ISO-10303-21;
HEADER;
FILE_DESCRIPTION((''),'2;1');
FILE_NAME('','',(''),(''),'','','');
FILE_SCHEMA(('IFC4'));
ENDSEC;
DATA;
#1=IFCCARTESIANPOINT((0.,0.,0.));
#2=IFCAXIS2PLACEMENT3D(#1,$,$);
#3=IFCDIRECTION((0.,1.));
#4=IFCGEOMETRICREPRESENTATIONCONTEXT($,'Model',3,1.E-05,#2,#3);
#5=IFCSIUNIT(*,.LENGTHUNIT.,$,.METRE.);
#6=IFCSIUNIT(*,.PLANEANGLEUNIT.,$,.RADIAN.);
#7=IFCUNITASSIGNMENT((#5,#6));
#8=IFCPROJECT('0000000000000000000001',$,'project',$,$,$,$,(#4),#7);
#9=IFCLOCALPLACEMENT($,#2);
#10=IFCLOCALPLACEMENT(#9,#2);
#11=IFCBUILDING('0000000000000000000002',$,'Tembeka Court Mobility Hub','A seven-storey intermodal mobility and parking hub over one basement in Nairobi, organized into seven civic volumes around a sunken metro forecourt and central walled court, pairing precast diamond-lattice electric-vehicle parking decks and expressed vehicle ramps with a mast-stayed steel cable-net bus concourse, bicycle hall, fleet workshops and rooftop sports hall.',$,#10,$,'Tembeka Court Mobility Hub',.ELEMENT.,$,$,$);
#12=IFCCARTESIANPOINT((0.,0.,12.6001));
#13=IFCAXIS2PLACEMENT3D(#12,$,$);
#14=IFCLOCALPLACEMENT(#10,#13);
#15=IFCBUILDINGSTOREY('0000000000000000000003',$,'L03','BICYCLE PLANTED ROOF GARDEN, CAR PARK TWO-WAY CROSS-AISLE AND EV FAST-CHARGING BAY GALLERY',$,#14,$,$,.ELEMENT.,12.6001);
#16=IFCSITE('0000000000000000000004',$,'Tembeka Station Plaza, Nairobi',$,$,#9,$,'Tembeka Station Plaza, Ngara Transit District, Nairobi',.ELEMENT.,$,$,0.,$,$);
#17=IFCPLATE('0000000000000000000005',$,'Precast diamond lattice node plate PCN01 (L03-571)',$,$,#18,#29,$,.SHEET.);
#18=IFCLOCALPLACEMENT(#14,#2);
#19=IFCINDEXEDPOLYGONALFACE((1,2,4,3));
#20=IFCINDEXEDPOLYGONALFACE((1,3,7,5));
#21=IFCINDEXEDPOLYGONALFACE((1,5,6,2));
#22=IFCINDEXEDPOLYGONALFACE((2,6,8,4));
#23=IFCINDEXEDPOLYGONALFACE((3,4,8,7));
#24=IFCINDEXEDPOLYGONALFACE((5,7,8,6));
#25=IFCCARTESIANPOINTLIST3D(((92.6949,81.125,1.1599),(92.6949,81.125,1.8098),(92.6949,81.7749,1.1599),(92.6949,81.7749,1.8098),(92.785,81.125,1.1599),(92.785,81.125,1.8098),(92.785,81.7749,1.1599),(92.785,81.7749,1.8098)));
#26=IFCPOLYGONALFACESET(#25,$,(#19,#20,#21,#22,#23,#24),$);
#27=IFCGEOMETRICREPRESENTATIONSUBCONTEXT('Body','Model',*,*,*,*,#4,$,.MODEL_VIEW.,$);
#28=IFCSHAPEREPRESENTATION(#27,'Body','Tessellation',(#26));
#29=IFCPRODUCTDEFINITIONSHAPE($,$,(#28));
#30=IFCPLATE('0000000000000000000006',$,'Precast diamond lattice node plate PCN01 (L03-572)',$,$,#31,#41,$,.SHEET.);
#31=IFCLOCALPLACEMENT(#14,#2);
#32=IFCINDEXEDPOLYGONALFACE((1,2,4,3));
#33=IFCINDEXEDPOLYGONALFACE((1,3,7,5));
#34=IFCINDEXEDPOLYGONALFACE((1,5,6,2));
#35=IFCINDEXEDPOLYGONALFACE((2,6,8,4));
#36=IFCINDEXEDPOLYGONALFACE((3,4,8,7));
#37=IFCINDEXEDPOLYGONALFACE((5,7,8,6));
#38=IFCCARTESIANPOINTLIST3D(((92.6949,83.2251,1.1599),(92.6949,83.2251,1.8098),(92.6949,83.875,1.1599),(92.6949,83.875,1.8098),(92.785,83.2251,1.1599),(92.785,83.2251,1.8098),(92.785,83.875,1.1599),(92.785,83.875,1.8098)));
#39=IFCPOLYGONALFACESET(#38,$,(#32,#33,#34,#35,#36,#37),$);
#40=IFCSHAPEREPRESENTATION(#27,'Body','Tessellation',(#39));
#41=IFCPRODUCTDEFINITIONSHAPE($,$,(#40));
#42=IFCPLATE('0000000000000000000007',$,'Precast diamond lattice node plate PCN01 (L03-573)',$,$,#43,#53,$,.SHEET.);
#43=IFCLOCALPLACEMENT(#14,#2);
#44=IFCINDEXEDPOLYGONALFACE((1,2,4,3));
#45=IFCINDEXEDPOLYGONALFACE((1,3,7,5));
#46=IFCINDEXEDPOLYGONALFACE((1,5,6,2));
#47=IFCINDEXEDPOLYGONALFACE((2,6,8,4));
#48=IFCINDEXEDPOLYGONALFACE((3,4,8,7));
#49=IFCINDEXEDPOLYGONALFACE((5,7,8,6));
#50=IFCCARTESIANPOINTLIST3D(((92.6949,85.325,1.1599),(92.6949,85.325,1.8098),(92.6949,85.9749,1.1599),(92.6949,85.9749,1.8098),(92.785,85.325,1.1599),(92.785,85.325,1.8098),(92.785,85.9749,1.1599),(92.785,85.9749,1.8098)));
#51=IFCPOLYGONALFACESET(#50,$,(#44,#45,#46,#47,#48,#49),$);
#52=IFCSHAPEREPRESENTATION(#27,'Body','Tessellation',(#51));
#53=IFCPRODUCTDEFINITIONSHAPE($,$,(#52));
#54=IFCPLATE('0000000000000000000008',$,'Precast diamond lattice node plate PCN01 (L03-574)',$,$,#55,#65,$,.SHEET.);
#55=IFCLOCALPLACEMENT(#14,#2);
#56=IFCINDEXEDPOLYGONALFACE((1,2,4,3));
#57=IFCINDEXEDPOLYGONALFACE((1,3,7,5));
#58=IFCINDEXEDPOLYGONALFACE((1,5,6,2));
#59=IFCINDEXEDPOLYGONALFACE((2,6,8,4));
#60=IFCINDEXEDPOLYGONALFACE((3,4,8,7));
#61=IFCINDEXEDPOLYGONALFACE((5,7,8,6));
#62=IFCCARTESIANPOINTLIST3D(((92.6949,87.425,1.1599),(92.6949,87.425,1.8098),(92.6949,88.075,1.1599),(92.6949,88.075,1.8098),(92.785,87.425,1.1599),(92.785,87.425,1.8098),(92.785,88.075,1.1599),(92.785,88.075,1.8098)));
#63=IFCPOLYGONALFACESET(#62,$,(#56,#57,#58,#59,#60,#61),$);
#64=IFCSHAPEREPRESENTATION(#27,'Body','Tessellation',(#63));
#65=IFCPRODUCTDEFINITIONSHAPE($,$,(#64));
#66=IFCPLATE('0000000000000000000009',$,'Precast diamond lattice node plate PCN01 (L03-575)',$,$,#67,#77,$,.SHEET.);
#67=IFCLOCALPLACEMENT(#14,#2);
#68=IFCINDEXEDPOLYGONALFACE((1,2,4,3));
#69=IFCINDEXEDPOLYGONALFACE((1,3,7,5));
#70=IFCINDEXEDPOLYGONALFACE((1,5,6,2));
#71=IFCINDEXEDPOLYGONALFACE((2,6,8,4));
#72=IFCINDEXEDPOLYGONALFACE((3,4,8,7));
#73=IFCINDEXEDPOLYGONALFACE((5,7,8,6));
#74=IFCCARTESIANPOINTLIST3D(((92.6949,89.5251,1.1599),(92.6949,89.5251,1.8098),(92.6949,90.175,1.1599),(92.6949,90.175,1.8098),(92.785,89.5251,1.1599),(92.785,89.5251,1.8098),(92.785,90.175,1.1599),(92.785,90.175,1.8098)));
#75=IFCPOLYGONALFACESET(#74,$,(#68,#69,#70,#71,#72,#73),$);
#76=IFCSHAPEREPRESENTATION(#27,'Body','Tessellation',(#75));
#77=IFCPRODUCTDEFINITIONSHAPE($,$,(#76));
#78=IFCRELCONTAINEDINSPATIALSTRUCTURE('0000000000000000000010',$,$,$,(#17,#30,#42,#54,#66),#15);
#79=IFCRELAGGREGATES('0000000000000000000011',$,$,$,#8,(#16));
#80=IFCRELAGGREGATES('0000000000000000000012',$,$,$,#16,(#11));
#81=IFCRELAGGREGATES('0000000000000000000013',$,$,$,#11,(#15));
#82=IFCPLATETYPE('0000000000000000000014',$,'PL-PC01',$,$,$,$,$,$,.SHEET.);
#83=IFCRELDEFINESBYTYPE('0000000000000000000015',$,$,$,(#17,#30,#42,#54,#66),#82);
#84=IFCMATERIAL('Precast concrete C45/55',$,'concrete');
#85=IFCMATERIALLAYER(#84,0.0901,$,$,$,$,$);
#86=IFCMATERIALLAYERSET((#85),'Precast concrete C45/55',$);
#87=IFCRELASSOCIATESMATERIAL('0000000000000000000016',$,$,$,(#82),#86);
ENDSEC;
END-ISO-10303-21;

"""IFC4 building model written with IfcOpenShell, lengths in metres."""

from ifc_helpers import new_model, si_unit, direction, frame, origin, origin_2d, place, context, subcontext, project, spatial, rectangle, extrude, material, layer, layer_set, type_object, element, save


model = new_model("IFC4")

# Units and contexts
model_context = context("Model", 3, precision=1e-05, world=origin(), true_north=direction((0.0, 1.0)))
body_context = subcontext(model_context, "Body", "Model", "MODEL_VIEW")
ifc_project = project(units=[si_unit("LENGTHUNIT", "METRE"), si_unit("PLANEANGLEUNIT", "RADIAN")], contexts=[model_context])

# Site, building, storey
site_placement = place(None, origin())
site = spatial("IfcSite", under=ifc_project, at=site_placement, Name="Tembeka Station Plaza, Nairobi", LongName="Tembeka Station Plaza, Ngara Transit District, Nairobi", CompositionType="ELEMENT", RefElevation=0.0)
building_placement = place(site_placement, origin())
building = spatial("IfcBuilding", under=site, at=building_placement, Name="Tembeka Court Mobility Hub", Description="A seven-storey intermodal mobility and parking hub over one basement in Nairobi, organized into seven civic volumes around a sunken metro forecourt and central walled court, pairing precast diamond-lattice electric-vehicle parking decks and expressed vehicle ramps with a mast-stayed steel cable-net bus concourse, bicycle hall, fleet workshops and rooftop sports hall.", LongName="Tembeka Court Mobility Hub", CompositionType="ELEMENT")
storey_placement = place(building_placement, frame((0.0, 0.0, 12.6001)))
storey = spatial("IfcBuildingStorey", under=building, at=storey_placement, Name="L03", Description="BICYCLE PLANTED ROOF GARDEN, CAR PARK TWO-WAY CROSS-AISLE AND EV FAST-CHARGING BAY GALLERY", CompositionType="ELEMENT", Elevation=12.6001)

# Shared definitions
ifc_material_1 = material(Name="Precast concrete C45/55", Category="concrete")

# Plates
ifc_layer = layer(ifc_material_1, 0.0901)
ifc_layer_set = layer_set([ifc_layer], Name="Precast concrete C45/55")
plate_type = type_object("IfcPlateType", Name="PL-PC01", PredefinedType="SHEET", material=ifc_layer_set)
for number, where, z_axis, x_axis, name in (
    (1, (92.74, 81.45, 1.1599), (0.0, 0.0, 1.0), (1.0, 0.0, 0.0), "Precast diamond lattice node plate PCN01 (L03-571)"),
    (2, (92.74, 83.55, 1.1599), (0.0, 0.0, 1.0), (1.0, 0.0, 0.0), "Precast diamond lattice node plate PCN01 (L03-572)"),
    (3, (92.74, 85.6499, 1.1599), (0.0, 0.0, 1.0), (1.0, 0.0, 0.0), "Precast diamond lattice node plate PCN01 (L03-573)"),
    (4, (92.74, 87.75, 1.1599), (0.0, 0.0, 1.0), (1.0, 0.0, 0.0), "Precast diamond lattice node plate PCN01 (L03-574)"),
    (5, (92.74, 89.8501, 1.1599), (0.0, 0.0, 1.0), (1.0, 0.0, 0.0), "Precast diamond lattice node plate PCN01 (L03-575)"),
):
    element("IfcPlate", number, at=place(storey_placement, frame(where, z_axis=z_axis, x_axis=x_axis)), inside=storey, type_object=plate_type, Name=name, PredefinedType="SHEET", context=body_context, shape_type="SweptSolid", body=[
        extrude(rectangle(XDim=0.0901, YDim=0.6499, at=origin_2d()), origin(), (0.0, 0.0, 1.0), 0.6499),
    ])

save(model, "model.ifc")
